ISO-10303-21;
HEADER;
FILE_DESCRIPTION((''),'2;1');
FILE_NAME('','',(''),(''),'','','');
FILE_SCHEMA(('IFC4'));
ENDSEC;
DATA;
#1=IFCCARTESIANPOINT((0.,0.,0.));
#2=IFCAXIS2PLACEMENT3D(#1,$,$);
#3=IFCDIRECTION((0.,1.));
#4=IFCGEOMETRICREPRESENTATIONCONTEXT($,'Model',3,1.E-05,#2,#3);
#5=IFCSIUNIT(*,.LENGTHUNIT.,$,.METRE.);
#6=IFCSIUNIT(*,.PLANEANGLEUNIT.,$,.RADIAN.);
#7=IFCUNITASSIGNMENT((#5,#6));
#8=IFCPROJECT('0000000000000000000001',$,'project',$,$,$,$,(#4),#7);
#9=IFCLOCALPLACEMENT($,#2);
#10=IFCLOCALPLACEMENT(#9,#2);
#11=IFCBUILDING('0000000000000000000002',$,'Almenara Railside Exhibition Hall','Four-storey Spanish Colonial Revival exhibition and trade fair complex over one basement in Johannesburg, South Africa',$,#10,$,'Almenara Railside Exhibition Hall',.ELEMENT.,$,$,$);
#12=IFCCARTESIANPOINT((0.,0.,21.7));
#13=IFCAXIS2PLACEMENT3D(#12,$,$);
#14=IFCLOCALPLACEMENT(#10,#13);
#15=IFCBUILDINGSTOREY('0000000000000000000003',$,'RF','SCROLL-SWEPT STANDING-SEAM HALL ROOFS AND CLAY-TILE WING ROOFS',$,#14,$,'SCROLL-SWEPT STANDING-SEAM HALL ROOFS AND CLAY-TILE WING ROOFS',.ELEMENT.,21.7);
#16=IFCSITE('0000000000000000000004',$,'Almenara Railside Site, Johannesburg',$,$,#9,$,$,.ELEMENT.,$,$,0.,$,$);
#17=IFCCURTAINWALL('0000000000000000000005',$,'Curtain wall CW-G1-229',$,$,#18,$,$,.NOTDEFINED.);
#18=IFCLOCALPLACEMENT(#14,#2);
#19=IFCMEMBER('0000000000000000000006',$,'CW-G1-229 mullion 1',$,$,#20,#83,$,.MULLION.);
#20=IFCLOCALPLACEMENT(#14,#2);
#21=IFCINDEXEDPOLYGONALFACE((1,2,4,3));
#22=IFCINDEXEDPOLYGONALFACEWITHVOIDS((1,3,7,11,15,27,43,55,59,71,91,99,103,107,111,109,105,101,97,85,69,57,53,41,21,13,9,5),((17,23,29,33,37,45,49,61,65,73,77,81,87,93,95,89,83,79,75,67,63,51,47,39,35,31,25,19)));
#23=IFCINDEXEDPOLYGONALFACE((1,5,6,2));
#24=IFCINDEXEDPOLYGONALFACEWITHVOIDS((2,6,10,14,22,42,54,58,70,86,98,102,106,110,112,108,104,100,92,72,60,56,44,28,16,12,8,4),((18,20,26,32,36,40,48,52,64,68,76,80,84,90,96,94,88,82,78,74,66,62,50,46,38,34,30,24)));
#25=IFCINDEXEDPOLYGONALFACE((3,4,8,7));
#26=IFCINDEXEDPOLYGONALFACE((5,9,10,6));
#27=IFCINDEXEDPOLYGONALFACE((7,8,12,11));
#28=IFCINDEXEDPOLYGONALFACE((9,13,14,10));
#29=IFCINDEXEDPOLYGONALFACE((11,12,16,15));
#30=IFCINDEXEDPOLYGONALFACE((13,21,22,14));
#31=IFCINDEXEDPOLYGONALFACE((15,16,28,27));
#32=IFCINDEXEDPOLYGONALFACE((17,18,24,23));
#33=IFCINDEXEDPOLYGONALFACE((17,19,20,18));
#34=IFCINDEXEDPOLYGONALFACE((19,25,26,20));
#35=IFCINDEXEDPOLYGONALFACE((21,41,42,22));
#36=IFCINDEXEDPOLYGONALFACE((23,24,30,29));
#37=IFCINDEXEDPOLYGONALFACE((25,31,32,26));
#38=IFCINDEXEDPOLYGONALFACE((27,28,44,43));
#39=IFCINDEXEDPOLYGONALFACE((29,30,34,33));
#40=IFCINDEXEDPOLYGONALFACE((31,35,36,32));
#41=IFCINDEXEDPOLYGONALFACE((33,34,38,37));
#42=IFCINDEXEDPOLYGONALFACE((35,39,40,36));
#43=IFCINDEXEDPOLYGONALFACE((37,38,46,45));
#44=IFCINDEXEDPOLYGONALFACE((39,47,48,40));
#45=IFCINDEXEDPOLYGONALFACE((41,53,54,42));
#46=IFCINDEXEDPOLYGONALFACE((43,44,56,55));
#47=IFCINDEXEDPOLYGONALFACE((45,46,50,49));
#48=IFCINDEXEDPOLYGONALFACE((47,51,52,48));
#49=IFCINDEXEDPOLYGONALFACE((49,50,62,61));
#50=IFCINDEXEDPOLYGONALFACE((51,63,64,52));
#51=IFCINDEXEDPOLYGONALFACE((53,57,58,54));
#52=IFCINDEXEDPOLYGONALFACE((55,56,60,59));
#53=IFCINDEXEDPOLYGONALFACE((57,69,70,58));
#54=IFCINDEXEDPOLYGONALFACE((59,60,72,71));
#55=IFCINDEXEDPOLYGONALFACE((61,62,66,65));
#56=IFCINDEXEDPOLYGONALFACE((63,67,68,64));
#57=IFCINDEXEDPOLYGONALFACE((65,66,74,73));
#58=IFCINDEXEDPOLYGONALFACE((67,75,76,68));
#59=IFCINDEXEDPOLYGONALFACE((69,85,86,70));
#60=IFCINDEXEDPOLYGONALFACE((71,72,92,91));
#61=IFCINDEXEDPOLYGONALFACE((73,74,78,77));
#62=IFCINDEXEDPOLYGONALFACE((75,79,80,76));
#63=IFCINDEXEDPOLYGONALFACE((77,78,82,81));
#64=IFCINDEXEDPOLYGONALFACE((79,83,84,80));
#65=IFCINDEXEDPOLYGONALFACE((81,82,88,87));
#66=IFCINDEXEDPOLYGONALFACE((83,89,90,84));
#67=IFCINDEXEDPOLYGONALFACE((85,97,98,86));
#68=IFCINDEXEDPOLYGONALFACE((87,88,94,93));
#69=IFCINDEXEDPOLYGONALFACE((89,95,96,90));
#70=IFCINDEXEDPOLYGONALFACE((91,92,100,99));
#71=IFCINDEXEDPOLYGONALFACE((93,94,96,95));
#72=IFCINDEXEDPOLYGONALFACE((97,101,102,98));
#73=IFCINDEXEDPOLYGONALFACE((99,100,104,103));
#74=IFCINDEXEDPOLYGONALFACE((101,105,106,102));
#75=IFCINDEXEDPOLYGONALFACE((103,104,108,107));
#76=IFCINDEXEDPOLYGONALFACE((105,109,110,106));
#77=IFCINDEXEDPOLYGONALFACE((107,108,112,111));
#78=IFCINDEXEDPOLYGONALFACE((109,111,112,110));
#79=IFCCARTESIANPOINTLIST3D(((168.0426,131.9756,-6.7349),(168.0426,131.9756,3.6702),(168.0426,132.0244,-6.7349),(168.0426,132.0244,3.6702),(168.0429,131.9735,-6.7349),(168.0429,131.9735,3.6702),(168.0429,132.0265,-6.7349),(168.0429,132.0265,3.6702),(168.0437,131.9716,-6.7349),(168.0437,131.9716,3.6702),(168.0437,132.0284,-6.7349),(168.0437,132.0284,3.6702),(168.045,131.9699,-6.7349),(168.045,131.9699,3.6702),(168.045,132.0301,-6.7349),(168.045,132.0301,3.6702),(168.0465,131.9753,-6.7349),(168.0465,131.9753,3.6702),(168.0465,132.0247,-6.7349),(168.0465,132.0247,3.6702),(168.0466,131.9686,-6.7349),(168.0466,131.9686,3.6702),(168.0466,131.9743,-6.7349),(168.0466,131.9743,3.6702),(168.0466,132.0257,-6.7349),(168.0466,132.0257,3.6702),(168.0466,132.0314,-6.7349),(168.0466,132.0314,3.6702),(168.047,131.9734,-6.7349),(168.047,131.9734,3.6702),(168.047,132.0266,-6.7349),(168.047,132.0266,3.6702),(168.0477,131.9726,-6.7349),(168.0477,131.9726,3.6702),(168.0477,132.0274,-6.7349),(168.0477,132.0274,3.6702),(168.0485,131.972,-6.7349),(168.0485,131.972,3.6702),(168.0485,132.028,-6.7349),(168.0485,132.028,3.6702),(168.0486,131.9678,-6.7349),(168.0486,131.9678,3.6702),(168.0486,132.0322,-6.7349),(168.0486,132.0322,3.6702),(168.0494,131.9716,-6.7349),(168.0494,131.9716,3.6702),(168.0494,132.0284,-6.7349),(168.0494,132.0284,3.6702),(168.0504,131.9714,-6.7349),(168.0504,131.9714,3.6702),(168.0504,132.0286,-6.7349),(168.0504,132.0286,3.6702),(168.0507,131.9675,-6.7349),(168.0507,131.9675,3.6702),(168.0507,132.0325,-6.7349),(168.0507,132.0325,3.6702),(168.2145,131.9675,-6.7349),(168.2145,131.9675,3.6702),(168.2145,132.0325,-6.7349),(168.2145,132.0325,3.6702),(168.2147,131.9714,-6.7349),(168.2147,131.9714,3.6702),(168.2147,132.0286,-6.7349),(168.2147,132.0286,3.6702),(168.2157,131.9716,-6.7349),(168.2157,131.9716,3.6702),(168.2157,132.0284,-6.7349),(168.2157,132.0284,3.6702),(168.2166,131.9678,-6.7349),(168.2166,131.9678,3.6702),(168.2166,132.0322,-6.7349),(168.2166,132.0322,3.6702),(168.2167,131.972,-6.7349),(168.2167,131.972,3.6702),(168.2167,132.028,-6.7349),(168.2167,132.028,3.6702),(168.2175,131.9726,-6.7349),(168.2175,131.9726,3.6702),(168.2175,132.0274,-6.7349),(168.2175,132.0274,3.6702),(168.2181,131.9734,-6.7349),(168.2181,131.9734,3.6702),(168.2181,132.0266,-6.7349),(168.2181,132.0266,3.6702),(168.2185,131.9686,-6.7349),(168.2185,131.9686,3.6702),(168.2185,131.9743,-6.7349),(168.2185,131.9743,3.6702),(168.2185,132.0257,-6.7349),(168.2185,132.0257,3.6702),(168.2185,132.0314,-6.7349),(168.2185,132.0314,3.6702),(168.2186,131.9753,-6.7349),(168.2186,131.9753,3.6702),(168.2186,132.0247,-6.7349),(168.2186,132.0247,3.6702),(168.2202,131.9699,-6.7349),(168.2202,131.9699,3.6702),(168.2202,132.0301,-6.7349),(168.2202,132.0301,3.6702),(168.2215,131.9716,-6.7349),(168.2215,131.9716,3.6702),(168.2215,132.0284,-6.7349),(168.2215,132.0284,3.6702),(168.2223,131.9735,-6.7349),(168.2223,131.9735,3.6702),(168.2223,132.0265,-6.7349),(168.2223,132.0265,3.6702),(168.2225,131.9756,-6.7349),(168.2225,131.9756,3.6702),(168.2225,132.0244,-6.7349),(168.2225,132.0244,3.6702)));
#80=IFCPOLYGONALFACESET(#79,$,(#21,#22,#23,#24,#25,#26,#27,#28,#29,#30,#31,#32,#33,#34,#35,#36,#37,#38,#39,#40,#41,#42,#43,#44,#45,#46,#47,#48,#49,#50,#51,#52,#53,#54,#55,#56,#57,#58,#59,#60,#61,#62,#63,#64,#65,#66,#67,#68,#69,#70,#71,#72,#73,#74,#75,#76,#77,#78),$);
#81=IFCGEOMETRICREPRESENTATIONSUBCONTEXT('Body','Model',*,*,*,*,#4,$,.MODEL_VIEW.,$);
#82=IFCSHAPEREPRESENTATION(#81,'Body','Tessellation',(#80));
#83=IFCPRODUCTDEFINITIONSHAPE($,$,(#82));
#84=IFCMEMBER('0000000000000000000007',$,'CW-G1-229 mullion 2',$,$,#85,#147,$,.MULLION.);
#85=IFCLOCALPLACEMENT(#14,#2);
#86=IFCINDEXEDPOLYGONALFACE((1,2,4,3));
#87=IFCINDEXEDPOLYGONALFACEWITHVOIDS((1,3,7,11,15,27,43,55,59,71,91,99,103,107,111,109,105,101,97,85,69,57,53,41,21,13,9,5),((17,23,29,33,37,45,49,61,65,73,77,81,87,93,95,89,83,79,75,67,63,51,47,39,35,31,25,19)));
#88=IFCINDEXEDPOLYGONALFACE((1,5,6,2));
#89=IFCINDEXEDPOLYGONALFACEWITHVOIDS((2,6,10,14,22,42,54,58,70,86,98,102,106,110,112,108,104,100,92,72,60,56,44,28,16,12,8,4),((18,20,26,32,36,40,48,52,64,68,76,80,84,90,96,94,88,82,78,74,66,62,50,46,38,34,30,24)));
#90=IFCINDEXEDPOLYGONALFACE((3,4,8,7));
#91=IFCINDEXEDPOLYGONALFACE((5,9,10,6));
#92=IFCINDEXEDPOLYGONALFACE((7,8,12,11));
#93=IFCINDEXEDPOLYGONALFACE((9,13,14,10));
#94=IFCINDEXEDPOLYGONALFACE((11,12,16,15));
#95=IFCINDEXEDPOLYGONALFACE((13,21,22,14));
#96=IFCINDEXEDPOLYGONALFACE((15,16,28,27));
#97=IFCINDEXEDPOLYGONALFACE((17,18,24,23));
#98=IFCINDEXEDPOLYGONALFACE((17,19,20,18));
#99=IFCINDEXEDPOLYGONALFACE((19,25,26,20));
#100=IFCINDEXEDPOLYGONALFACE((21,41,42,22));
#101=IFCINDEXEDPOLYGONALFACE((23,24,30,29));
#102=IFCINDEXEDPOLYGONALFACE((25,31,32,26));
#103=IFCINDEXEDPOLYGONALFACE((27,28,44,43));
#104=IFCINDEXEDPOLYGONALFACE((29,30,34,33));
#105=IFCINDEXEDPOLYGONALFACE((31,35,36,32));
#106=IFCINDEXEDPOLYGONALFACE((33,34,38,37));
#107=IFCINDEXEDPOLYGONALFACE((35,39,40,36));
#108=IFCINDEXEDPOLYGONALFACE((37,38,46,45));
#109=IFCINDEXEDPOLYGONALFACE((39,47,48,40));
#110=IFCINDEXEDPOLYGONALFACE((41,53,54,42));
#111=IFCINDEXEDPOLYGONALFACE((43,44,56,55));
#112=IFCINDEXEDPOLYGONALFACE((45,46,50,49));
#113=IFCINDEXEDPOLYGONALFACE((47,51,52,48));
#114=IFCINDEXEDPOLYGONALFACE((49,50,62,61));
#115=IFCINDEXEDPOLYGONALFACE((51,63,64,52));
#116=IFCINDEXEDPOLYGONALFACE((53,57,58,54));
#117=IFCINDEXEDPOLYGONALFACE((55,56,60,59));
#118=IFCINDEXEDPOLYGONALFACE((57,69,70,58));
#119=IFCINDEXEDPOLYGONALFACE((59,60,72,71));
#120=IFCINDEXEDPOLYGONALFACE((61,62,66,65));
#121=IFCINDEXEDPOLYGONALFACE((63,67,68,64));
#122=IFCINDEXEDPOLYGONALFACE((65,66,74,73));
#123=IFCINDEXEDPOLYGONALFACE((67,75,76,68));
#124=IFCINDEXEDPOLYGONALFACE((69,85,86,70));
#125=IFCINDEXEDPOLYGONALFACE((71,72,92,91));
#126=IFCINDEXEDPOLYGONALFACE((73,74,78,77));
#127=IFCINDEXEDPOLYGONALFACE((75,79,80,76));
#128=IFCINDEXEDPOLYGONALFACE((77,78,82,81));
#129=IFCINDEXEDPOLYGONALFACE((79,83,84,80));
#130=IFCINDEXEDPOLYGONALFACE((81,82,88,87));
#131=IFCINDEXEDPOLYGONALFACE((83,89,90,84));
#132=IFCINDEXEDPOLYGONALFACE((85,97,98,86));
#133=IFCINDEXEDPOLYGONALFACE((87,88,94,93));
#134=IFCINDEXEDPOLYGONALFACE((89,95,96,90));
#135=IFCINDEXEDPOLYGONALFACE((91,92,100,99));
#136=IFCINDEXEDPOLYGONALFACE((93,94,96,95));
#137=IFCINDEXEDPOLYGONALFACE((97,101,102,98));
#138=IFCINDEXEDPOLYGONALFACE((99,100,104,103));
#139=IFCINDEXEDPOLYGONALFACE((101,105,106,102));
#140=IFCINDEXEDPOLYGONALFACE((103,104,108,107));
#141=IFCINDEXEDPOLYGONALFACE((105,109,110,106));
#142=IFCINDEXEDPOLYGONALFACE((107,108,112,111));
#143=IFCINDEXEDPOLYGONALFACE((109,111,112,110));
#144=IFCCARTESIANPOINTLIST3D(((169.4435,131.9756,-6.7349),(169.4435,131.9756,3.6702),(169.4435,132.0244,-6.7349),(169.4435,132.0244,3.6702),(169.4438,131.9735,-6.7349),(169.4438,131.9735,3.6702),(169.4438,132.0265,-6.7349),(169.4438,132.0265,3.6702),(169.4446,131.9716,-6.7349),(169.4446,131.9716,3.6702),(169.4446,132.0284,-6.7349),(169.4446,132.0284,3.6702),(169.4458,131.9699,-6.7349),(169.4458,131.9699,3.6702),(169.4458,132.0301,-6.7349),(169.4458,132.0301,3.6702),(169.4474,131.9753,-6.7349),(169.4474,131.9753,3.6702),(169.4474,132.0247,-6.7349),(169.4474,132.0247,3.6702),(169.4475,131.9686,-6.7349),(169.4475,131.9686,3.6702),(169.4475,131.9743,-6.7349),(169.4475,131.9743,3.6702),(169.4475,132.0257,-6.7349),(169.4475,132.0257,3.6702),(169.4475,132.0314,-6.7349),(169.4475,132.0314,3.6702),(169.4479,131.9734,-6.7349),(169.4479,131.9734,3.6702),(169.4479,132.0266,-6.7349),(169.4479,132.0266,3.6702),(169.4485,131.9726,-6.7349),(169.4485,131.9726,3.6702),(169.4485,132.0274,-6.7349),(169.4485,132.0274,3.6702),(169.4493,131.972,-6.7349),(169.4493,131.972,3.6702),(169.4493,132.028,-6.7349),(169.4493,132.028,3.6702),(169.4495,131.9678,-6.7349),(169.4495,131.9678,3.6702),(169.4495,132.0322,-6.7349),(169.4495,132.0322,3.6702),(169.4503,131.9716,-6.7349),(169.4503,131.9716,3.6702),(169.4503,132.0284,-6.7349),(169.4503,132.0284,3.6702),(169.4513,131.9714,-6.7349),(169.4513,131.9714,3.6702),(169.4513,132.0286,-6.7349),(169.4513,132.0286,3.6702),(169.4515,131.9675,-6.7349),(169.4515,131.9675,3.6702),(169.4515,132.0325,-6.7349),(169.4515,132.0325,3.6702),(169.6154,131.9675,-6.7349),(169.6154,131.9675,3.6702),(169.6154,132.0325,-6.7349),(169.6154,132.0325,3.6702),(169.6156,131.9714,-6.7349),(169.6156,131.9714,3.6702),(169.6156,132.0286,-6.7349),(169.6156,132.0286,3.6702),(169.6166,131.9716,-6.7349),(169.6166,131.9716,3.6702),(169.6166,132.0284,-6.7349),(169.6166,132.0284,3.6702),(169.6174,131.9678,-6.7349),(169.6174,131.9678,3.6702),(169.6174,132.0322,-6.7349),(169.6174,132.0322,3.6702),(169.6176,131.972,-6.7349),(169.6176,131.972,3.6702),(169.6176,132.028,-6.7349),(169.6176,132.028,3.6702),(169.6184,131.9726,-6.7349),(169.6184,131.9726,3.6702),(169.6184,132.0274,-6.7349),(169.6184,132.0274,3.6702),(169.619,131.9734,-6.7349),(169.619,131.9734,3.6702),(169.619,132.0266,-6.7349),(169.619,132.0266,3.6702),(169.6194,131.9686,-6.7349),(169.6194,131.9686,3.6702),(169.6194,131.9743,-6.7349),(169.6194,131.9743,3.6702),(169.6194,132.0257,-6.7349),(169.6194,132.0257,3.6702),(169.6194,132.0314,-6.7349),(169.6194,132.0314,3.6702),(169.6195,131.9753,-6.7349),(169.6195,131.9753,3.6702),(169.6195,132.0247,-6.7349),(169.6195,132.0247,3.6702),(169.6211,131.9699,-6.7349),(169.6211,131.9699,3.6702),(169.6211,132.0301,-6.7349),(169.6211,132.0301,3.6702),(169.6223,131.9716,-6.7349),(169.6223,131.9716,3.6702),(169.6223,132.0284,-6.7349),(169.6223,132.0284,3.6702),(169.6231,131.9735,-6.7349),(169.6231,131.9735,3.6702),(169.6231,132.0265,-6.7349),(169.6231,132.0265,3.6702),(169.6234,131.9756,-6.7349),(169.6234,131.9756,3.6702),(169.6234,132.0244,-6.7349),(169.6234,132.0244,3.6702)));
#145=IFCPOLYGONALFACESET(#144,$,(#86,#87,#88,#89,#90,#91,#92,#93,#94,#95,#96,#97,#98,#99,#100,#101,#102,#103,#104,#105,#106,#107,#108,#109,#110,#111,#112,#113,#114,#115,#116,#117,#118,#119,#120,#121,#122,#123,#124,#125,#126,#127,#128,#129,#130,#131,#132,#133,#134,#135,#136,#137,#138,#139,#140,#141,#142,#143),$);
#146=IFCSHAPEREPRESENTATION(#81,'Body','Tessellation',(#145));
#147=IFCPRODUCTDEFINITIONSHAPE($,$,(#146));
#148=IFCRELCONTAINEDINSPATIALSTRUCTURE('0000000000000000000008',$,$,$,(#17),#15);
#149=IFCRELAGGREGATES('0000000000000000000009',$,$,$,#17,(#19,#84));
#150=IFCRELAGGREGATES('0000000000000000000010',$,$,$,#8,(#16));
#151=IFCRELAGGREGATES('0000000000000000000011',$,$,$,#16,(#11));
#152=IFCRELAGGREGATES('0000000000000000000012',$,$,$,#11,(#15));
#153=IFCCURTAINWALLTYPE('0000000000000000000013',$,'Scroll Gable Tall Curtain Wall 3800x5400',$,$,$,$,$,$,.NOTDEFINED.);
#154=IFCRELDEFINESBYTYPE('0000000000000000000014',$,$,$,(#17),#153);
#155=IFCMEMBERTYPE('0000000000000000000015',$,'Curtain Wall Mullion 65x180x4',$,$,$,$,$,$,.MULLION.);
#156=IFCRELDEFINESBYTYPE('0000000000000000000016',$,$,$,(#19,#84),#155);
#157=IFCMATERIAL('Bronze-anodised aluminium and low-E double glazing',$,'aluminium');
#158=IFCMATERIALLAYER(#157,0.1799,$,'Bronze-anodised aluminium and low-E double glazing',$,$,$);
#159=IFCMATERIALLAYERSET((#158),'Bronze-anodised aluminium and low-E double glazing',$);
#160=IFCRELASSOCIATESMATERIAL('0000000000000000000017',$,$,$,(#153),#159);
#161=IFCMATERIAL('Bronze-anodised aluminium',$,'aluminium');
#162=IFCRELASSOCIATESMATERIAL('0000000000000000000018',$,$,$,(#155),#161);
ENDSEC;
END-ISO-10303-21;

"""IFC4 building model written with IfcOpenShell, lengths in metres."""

from ifc_helpers import new_model, si_unit, direction, frame, origin, origin_2d, place, context, subcontext, project, spatial, hollow_rectangle, extrude, material, layer, layer_set, material_profile, profile_set, type_object, element, aggregate, save


model = new_model("IFC4")

# Units and contexts
model_context = context("Model", 3, precision=1e-05, world=origin(), true_north=direction((0.0, 1.0)))
body_context = subcontext(model_context, "Body", "Model", "MODEL_VIEW")
ifc_project = project(units=[si_unit("LENGTHUNIT", "METRE"), si_unit("PLANEANGLEUNIT", "RADIAN")], contexts=[model_context])

# Site, building, storey
site_placement = place(None, origin())
site = spatial("IfcSite", under=ifc_project, at=site_placement, Name="Almenara Railside Site, Johannesburg", CompositionType="ELEMENT", RefElevation=0.0)
building_placement = place(site_placement, origin())
building = spatial("IfcBuilding", under=site, at=building_placement, Name="Almenara Railside Exhibition Hall", Description="Four-storey Spanish Colonial Revival exhibition and trade fair complex over one basement in Johannesburg, South Africa", LongName="Almenara Railside Exhibition Hall", CompositionType="ELEMENT")
storey_placement = place(building_placement, frame((0.0, 0.0, 21.7)))
storey = spatial("IfcBuildingStorey", under=building, at=storey_placement, Name="RF", Description="SCROLL-SWEPT STANDING-SEAM HALL ROOFS AND CLAY-TILE WING ROOFS", LongName="SCROLL-SWEPT STANDING-SEAM HALL ROOFS AND CLAY-TILE WING ROOFS", CompositionType="ELEMENT", Elevation=21.7)

# Curtain wall, members
ifc_material_1 = material(Name="Bronze-anodised aluminium and low-E double glazing", Category="aluminium")
ifc_layer_1 = layer(ifc_material_1, 0.1799, Name="Bronze-anodised aluminium and low-E double glazing")
ifc_layer_set_1 = layer_set([ifc_layer_1], Name="Bronze-anodised aluminium and low-E double glazing")
curtain_wall_type = type_object("IfcCurtainWallType", Name="Scroll Gable Tall Curtain Wall 3800x5400", PredefinedType="NOTDEFINED", material=ifc_layer_set_1)
ifc_material_2 = material(Name="Bronze-anodised aluminium", Category="aluminium")
curtain_wall_1_placement = place(storey_placement, origin())
curtain_wall_1 = element("IfcCurtainWall", 1, at=curtain_wall_1_placement, inside=storey, type_object=curtain_wall_type, Name="Curtain wall CW-G1-229", PredefinedType="NOTDEFINED")
ifc_material_profile_1 = material_profile(ifc_material_2, hollow_rectangle(XDim=0.0649, YDim=0.1799, WallThickness=0.0039, InnerFilletRadius=0.0039, OuterFilletRadius=0.0081, at=origin_2d()), Name="ALU-MUL 65x180x4")
ifc_profile_set_1 = profile_set([ifc_material_profile_1], Name="Bronze-anodised aluminium")
member_type_1 = type_object("IfcMemberType", Name="Curtain Wall Mullion 65x180x4", PredefinedType="MULLION", material=ifc_profile_set_1)
member_1_placement = place(storey_placement, frame((168.1326, 132.0, -6.7349), z_axis=(0.0, 0.0, 1.0), x_axis=(0.0, 1.0, 0.0)))
member_1 = element("IfcMember", 2, at=member_1_placement, type_object=member_type_1, Name="CW-G1-229 mullion 1", PredefinedType="MULLION", context=body_context, shape_type="SweptSolid", body=[
    extrude(hollow_rectangle(XDim=0.0649, YDim=0.1799, WallThickness=0.0039, InnerFilletRadius=0.0039, OuterFilletRadius=0.0081, at=origin_2d()), origin(), (0.0, 0.0, 1.0), 10.405),
])
member_2_placement = place(storey_placement, frame((169.5334, 132.0, -6.7349), z_axis=(0.0, 0.0, 1.0), x_axis=(0.0, 1.0, 0.0)))
member_2 = element("IfcMember", 3, at=member_2_placement, type_object=member_type_1, Name="CW-G1-229 mullion 2", PredefinedType="MULLION", context=body_context, shape_type="SweptSolid", body=[
    extrude(hollow_rectangle(XDim=0.0649, YDim=0.1799, WallThickness=0.0039, InnerFilletRadius=0.0039, OuterFilletRadius=0.0081, at=origin_2d()), origin(), (0.0, 0.0, 1.0), 10.405),
])

aggregate(curtain_wall_1, [member_1, member_2])

save(model, "model.ifc")
